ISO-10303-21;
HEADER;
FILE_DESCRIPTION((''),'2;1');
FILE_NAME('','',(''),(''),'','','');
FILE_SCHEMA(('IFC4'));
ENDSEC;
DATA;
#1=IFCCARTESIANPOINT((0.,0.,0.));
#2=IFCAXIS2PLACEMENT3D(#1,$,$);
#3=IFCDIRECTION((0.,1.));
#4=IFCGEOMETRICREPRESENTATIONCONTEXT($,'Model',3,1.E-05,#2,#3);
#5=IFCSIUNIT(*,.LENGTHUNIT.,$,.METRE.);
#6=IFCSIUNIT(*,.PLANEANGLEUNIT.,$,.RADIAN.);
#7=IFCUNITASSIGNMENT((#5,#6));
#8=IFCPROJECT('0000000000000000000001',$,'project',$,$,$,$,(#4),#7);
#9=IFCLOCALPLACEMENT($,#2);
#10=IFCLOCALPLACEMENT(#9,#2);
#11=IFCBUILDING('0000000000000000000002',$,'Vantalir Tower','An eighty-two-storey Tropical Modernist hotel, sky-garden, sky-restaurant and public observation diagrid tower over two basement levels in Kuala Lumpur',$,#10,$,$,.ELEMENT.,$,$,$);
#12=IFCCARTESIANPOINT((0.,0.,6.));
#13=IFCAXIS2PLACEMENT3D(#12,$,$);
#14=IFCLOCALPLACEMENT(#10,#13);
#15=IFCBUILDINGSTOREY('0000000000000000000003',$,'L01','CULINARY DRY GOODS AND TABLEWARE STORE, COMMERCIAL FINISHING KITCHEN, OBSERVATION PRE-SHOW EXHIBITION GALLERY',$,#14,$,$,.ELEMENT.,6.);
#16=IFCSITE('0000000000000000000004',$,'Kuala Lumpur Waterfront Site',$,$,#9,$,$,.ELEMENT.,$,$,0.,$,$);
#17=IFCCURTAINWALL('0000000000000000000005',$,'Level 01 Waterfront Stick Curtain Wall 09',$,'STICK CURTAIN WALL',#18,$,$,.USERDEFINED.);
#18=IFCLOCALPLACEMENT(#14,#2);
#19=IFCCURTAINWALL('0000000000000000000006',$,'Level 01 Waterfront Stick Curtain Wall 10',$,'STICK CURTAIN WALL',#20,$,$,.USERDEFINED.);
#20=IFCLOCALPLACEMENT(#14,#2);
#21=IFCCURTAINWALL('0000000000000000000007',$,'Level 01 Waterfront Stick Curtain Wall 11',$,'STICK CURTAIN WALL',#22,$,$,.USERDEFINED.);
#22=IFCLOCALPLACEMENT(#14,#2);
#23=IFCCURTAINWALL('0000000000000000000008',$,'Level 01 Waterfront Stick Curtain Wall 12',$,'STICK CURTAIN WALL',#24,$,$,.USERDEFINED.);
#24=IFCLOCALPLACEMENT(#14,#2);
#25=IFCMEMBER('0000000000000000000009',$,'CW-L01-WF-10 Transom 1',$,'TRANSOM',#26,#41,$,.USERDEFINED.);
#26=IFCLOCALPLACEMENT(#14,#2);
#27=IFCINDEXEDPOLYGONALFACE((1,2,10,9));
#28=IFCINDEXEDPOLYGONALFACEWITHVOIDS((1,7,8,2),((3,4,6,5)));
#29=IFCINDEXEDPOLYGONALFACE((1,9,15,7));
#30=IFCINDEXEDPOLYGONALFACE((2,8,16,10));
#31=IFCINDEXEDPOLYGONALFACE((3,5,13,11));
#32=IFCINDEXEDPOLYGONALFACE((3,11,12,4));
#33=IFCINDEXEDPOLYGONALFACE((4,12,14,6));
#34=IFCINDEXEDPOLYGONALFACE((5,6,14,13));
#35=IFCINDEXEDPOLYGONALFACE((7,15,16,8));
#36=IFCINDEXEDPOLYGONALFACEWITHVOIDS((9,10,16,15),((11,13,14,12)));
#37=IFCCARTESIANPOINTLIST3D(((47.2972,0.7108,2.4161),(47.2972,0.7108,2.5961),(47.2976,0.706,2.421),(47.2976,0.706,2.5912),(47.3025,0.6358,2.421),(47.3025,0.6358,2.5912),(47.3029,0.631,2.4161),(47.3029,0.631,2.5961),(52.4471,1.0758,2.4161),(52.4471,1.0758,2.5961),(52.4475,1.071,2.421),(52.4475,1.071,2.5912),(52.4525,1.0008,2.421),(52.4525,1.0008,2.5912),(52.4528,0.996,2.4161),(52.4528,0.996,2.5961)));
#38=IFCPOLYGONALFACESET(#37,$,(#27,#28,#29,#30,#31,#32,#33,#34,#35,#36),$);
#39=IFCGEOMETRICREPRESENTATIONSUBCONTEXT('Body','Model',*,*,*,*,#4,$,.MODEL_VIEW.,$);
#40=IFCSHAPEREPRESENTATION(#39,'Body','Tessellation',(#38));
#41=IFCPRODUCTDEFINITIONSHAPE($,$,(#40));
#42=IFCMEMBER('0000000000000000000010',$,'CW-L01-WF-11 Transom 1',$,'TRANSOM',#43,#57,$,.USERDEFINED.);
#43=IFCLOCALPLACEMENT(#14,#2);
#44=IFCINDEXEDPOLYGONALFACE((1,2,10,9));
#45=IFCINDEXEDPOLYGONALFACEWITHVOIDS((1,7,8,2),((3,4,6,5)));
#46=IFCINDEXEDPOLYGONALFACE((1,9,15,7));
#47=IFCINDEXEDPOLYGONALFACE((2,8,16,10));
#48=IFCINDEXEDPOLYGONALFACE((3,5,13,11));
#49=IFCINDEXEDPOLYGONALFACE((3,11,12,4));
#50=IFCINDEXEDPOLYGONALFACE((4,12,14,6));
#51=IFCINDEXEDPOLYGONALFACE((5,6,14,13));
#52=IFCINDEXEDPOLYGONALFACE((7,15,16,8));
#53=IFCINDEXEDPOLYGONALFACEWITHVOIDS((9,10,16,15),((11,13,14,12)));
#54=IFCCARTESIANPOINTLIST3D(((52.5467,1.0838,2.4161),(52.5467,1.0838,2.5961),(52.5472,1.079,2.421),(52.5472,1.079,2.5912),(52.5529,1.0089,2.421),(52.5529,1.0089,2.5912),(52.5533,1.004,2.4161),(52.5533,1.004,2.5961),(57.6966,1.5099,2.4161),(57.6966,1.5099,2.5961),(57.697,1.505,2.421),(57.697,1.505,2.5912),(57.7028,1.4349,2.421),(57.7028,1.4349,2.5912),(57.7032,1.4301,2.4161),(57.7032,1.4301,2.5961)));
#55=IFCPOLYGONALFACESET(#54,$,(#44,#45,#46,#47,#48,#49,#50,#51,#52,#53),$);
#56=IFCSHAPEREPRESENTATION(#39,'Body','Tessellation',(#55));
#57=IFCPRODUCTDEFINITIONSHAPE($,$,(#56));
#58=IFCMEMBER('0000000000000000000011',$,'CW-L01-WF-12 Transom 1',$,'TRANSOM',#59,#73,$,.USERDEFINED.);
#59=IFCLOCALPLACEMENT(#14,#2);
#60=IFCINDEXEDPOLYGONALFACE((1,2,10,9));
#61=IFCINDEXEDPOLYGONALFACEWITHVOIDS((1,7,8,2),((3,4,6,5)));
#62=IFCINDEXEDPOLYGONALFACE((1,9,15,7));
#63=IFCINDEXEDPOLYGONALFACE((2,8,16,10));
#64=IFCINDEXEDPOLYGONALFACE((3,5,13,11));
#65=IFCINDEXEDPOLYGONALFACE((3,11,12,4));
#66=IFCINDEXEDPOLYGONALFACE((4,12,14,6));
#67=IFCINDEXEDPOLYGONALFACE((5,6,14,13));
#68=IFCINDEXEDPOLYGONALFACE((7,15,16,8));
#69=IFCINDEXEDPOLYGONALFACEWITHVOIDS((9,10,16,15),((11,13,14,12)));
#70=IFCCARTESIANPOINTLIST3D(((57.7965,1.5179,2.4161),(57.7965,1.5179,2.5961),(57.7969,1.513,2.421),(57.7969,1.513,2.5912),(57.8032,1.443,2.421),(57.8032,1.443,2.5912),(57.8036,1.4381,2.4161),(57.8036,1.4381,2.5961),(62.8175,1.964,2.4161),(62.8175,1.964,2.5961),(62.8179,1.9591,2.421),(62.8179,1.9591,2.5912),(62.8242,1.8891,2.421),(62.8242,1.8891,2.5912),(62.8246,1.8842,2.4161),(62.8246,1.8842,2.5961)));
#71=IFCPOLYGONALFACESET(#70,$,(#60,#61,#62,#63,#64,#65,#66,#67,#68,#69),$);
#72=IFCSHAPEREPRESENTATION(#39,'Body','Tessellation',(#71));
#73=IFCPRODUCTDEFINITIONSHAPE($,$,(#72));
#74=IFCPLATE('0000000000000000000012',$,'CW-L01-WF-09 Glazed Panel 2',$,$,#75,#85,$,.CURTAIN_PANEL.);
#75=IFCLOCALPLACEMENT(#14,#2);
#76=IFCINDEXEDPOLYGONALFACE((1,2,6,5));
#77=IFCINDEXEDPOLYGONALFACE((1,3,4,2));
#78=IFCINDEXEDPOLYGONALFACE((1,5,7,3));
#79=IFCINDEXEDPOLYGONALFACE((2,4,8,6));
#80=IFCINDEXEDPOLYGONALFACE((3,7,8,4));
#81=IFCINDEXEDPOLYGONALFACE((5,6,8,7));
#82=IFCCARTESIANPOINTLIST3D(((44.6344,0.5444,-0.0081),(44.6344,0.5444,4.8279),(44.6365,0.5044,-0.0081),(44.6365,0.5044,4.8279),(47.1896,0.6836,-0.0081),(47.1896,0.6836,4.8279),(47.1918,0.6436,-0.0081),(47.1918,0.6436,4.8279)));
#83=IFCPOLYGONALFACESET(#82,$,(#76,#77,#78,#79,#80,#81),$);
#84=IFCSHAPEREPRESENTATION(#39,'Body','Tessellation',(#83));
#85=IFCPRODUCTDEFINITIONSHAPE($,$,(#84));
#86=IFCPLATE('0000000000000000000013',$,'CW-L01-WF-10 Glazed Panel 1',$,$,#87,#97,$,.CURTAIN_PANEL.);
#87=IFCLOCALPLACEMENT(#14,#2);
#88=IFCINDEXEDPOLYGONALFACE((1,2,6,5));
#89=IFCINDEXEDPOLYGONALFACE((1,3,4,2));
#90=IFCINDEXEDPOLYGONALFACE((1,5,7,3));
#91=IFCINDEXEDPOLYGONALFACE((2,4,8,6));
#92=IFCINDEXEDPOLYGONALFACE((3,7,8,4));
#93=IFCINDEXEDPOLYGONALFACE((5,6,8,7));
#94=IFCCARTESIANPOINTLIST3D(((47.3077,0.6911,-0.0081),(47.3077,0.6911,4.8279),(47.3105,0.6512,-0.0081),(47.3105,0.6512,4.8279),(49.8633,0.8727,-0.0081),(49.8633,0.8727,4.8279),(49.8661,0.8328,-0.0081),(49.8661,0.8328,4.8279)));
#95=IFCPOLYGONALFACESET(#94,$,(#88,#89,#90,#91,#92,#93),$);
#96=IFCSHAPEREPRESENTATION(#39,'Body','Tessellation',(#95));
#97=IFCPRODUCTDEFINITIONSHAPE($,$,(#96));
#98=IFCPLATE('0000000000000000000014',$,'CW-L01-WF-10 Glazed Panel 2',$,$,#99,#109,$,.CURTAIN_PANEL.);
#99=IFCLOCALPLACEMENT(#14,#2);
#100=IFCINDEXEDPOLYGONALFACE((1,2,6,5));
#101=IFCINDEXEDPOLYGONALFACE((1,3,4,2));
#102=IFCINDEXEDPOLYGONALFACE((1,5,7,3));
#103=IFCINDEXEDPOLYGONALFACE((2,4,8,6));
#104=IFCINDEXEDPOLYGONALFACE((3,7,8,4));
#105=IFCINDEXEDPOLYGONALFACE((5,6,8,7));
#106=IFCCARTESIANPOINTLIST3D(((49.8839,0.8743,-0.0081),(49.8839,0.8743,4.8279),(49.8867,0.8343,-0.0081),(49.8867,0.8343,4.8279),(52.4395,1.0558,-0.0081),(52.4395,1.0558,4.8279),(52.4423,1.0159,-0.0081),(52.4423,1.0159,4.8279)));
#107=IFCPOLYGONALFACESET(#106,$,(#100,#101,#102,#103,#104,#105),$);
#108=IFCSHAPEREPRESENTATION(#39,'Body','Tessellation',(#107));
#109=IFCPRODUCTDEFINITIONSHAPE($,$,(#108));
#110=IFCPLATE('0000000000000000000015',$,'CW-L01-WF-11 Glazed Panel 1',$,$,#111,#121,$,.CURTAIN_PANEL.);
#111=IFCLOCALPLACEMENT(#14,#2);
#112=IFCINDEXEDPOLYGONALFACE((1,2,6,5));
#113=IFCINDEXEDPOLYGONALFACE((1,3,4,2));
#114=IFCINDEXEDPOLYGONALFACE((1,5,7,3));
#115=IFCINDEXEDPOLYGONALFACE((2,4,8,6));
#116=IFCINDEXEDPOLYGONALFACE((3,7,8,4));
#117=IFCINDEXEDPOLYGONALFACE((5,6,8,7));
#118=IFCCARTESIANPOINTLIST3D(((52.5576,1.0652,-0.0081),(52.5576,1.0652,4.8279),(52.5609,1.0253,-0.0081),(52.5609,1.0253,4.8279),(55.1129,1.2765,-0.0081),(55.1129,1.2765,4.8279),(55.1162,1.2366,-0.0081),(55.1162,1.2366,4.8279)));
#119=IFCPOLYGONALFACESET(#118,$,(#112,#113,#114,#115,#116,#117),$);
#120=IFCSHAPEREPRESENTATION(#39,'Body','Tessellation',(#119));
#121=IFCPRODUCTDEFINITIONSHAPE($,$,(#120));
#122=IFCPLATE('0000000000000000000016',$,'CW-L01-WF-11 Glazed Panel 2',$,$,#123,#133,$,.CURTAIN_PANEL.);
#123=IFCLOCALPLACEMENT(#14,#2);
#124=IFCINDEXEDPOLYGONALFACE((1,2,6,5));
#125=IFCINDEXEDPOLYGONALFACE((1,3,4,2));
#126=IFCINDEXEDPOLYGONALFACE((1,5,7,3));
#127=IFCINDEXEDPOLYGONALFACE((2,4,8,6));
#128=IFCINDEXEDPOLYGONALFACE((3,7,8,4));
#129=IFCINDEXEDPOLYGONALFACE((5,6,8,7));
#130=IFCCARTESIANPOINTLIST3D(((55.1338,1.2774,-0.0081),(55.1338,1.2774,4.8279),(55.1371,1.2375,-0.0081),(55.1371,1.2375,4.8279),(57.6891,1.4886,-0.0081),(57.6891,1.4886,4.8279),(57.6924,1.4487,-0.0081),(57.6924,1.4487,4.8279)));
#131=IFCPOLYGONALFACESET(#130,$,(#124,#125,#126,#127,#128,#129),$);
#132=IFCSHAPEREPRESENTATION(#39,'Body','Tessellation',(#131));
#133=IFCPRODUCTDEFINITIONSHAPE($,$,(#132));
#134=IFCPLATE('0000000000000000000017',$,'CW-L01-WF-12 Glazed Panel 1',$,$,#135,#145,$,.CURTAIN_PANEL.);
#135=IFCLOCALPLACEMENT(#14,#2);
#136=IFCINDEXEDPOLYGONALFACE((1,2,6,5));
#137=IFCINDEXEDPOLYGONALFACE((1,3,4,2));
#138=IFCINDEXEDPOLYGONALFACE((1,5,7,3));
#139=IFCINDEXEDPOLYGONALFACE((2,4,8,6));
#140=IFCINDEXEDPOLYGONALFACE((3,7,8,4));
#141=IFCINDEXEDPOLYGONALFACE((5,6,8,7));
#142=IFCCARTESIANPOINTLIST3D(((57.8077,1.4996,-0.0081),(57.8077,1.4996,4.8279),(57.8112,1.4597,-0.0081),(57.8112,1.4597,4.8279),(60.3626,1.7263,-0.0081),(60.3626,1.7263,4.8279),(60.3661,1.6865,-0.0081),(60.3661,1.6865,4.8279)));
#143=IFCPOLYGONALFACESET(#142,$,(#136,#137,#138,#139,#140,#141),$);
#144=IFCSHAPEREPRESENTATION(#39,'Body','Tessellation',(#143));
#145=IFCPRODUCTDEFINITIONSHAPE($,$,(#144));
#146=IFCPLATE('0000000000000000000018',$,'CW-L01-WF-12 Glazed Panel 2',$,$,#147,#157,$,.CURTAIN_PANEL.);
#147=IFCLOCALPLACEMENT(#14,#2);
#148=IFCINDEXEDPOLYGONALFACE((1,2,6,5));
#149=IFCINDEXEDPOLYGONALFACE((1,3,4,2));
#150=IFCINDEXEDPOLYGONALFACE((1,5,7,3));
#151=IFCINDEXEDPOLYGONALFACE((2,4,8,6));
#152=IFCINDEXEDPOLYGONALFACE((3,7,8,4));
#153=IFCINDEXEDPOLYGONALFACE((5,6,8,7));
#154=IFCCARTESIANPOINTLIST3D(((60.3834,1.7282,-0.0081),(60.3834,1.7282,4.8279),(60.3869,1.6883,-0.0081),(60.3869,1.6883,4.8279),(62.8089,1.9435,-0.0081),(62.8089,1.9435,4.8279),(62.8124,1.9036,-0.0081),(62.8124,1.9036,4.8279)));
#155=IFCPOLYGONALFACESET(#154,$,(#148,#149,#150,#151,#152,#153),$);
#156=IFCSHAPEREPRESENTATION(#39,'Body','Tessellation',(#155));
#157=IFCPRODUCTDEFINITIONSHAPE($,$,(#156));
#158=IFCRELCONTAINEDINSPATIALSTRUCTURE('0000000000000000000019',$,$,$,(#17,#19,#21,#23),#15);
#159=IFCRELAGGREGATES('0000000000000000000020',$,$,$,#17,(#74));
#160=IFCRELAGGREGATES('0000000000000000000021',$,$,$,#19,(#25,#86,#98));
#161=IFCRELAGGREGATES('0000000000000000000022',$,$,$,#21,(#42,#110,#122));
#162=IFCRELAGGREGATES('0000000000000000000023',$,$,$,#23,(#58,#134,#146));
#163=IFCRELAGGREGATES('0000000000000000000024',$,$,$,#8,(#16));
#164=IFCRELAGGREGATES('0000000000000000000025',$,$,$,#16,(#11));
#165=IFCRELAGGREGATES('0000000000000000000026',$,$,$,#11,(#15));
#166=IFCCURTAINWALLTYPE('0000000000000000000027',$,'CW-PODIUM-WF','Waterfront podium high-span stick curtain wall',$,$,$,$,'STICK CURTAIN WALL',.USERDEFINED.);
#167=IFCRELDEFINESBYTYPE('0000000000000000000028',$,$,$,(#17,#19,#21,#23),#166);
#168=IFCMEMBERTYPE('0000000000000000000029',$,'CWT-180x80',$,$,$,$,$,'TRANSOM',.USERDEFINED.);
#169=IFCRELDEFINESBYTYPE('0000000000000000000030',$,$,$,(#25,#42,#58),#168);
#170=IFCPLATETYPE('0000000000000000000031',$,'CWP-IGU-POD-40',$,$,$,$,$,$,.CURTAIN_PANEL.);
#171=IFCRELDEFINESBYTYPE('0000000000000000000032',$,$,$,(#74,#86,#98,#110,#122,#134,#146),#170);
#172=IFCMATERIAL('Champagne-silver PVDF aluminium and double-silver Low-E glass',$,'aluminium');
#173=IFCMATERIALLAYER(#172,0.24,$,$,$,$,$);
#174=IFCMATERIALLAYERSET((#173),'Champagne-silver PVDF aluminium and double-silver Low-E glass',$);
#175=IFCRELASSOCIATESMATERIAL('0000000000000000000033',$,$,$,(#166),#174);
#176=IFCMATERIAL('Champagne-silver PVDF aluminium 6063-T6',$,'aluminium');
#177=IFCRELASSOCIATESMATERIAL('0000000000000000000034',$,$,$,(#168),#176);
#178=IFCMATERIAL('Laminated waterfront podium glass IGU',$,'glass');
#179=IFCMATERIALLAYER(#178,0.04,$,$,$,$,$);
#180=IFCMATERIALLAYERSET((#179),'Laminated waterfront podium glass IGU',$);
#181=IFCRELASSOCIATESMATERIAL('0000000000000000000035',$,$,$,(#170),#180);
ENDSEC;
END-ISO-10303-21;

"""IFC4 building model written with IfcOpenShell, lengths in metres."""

from ifc_helpers import new_model, si_unit, direction, frame, origin, origin_2d, place, context, subcontext, project, spatial, rectangle, hollow_rectangle, extrude, material, layer, layer_set, material_profile, profile_set, type_object, element, aggregate, save


model = new_model("IFC4")

# Units and contexts
model_context = context("Model", 3, precision=1e-05, world=origin(), true_north=direction((0.0, 1.0)))
body_context = subcontext(model_context, "Body", "Model", "MODEL_VIEW")
ifc_project = project(units=[si_unit("LENGTHUNIT", "METRE"), si_unit("PLANEANGLEUNIT", "RADIAN")], contexts=[model_context])

# Site, building, storey
site_placement = place(None, origin())
site = spatial("IfcSite", under=ifc_project, at=site_placement, Name="Kuala Lumpur Waterfront Site", CompositionType="ELEMENT", RefElevation=0.0)
building_placement = place(site_placement, origin())
building = spatial("IfcBuilding", under=site, at=building_placement, Name="Vantalir Tower", Description="An eighty-two-storey Tropical Modernist hotel, sky-garden, sky-restaurant and public observation diagrid tower over two basement levels in Kuala Lumpur", CompositionType="ELEMENT")
storey_placement = place(building_placement, frame((0.0, 0.0, 6.0)))
storey = spatial("IfcBuildingStorey", under=building, at=storey_placement, Name="L01", Description="CULINARY DRY GOODS AND TABLEWARE STORE, COMMERCIAL FINISHING KITCHEN, OBSERVATION PRE-SHOW EXHIBITION GALLERY", CompositionType="ELEMENT", Elevation=6.0)

# Curtain walls
ifc_material_1 = material(Name="Champagne-silver PVDF aluminium and double-silver Low-E glass", Category="aluminium")
ifc_layer_1 = layer(ifc_material_1, 0.24)
ifc_layer_set_1 = layer_set([ifc_layer_1], Name="Champagne-silver PVDF aluminium and double-silver Low-E glass")
curtain_wall_type = type_object("IfcCurtainWallType", Name="CW-PODIUM-WF", Description="Waterfront podium high-span stick curtain wall", ElementType="STICK CURTAIN WALL", PredefinedType="USERDEFINED", material=ifc_layer_set_1)
curtain_wall_1_placement = place(storey_placement, origin())
curtain_wall_1 = element("IfcCurtainWall", 1, at=curtain_wall_1_placement, inside=storey, type_object=curtain_wall_type, Name="Level 01 Waterfront Stick Curtain Wall 09", ObjectType="STICK CURTAIN WALL", PredefinedType="USERDEFINED")
ifc_material_2 = material(Name="Champagne-silver PVDF aluminium 6063-T6", Category="aluminium")
curtain_wall_2_placement = place(storey_placement, origin())
curtain_wall_2 = element("IfcCurtainWall", 2, at=curtain_wall_2_placement, inside=storey, type_object=curtain_wall_type, Name="Level 01 Waterfront Stick Curtain Wall 10", ObjectType="STICK CURTAIN WALL", PredefinedType="USERDEFINED")
curtain_wall_3_placement = place(storey_placement, origin())
curtain_wall_3 = element("IfcCurtainWall", 3, at=curtain_wall_3_placement, inside=storey, type_object=curtain_wall_type, Name="Level 01 Waterfront Stick Curtain Wall 11", ObjectType="STICK CURTAIN WALL", PredefinedType="USERDEFINED")
curtain_wall_4_placement = place(storey_placement, origin())
curtain_wall_4 = element("IfcCurtainWall", 4, at=curtain_wall_4_placement, inside=storey, type_object=curtain_wall_type, Name="Level 01 Waterfront Stick Curtain Wall 12", ObjectType="STICK CURTAIN WALL", PredefinedType="USERDEFINED")

# Members
ifc_material_profile_1 = material_profile(ifc_material_2, hollow_rectangle(XDim=0.0801, YDim=0.1799, WallThickness=0.0049, at=origin_2d()), Name="Champagne-silver PVDF aluminium 6063-T6")
ifc_profile_set_1 = profile_set([ifc_material_profile_1], Name="Champagne-silver PVDF aluminium 6063-T6")
member_type_1 = type_object("IfcMemberType", Name="CWT-180x80", ElementType="TRANSOM", PredefinedType="USERDEFINED", material=ifc_profile_set_1)
member_1_placement = place(storey_placement, frame((47.3, 0.6709, 2.5061), z_axis=(0.997498, 0.070696, 0.0), x_axis=(-0.070696, 0.997498, 0.0)))
member_1 = element("IfcMember", 5, at=member_1_placement, type_object=member_type_1, Name="CW-L01-WF-10 Transom 1", ObjectType="TRANSOM", PredefinedType="USERDEFINED", context=body_context, shape_type="SweptSolid", body=[
    extrude(hollow_rectangle(XDim=0.0801, YDim=0.1799, WallThickness=0.0049, at=origin_2d()), origin(), (0.0, 0.0, 1.0), 5.1628),
])
member_2_placement = place(storey_placement, frame((52.55, 1.0439, 2.5061), z_axis=(0.996596, 0.082443, 0.0), x_axis=(-0.082443, 0.996596, 0.0)))
member_2 = element("IfcMember", 6, at=member_2_placement, type_object=member_type_1, Name="CW-L01-WF-11 Transom 1", ObjectType="TRANSOM", PredefinedType="USERDEFINED", context=body_context, shape_type="SweptSolid", body=[
    extrude(hollow_rectangle(XDim=0.0801, YDim=0.1799, WallThickness=0.0049, at=origin_2d()), origin(), (0.0, 0.0, 1.0), 5.1675),
])
member_3_placement = place(storey_placement, frame((57.8, 1.478, 2.5061), z_axis=(0.996077, 0.088487, 0.0), x_axis=(-0.088487, 0.996077, 0.0)))
member_3 = element("IfcMember", 7, at=member_3_placement, type_object=member_type_1, Name="CW-L01-WF-12 Transom 1", ObjectType="TRANSOM", PredefinedType="USERDEFINED", context=body_context, shape_type="SweptSolid", body=[
    extrude(hollow_rectangle(XDim=0.0801, YDim=0.1799, WallThickness=0.0049, at=origin_2d()), origin(), (0.0, 0.0, 1.0), 5.0408),
])

# Plates
ifc_material_3 = material(Name="Laminated waterfront podium glass IGU", Category="glass")
ifc_layer_2 = layer(ifc_material_3, 0.04)
ifc_layer_set_2 = layer_set([ifc_layer_2], Name="Laminated waterfront podium glass IGU")
plate_type = type_object("IfcPlateType", Name="CWP-IGU-POD-40", PredefinedType="CURTAIN_PANEL", material=ifc_layer_set_2)
plate_1_placement = place(storey_placement, frame((45.9131, 0.594, -0.0081), z_axis=(0.0, 0.0, 1.0), x_axis=(0.99852, 0.054393, 0.0)))
plate_1 = element("IfcPlate", 8, at=plate_1_placement, type_object=plate_type, Name="CW-L01-WF-09 Glazed Panel 2", PredefinedType="CURTAIN_PANEL", context=body_context, shape_type="SweptSolid", body=[
    extrude(rectangle(XDim=2.5591, YDim=0.04, at=origin_2d()), origin(), (0.0, 0.0, 1.0), 4.8359),
])
aggregate(curtain_wall_1, [plate_1])
plate_2_placement = place(storey_placement, frame((48.5869, 0.762, -0.0081), z_axis=(0.0, 0.0, 1.0), x_axis=(0.997486, 0.070871, 0.0)))
plate_2 = element("IfcPlate", 9, at=plate_2_placement, type_object=plate_type, Name="CW-L01-WF-10 Glazed Panel 1", PredefinedType="CURTAIN_PANEL", context=body_context, shape_type="SweptSolid", body=[
    extrude(rectangle(XDim=2.562, YDim=0.04, at=origin_2d()), origin(), (0.0, 0.0, 1.0), 4.8359),
])
plate_3_placement = place(storey_placement, frame((51.1631, 0.9451, -0.0081), z_axis=(0.0, 0.0, 1.0), x_axis=(0.997486, 0.070871, 0.0)))
plate_3 = element("IfcPlate", 10, at=plate_3_placement, type_object=plate_type, Name="CW-L01-WF-10 Glazed Panel 2", PredefinedType="CURTAIN_PANEL", context=body_context, shape_type="SweptSolid", body=[
    extrude(rectangle(XDim=2.562, YDim=0.04, at=origin_2d()), origin(), (0.0, 0.0, 1.0), 4.8359),
])
aggregate(curtain_wall_2, [member_1, plate_2, plate_3])
plate_4_placement = place(storey_placement, frame((53.8369, 1.1509, -0.0081), z_axis=(0.0, 0.0, 1.0), x_axis=(0.9966, 0.082391, 0.0)))
plate_4 = element("IfcPlate", 11, at=plate_4_placement, type_object=plate_type, Name="CW-L01-WF-11 Glazed Panel 1", PredefinedType="CURTAIN_PANEL", context=body_context, shape_type="SweptSolid", body=[
    extrude(rectangle(XDim=2.564, YDim=0.04, at=origin_2d()), origin(), (0.0, 0.0, 1.0), 4.8359),
])
plate_5_placement = place(storey_placement, frame((56.4131, 1.363, -0.0081), z_axis=(0.0, 0.0, 1.0), x_axis=(0.9966, 0.082391, 0.0)))
plate_5 = element("IfcPlate", 12, at=plate_5_placement, type_object=plate_type, Name="CW-L01-WF-11 Glazed Panel 2", PredefinedType="CURTAIN_PANEL", context=body_context, shape_type="SweptSolid", body=[
    extrude(rectangle(XDim=2.564, YDim=0.04, at=origin_2d()), origin(), (0.0, 0.0, 1.0), 4.8359),
])
aggregate(curtain_wall_3, [member_2, plate_4, plate_5])
plate_6_placement = place(storey_placement, frame((59.0869, 1.593, -0.0081), z_axis=(0.0, 0.0, 1.0), x_axis=(0.996084, 0.088408, 0.0)))
plate_6 = element("IfcPlate", 13, at=plate_6_placement, type_object=plate_type, Name="CW-L01-WF-12 Glazed Panel 1", PredefinedType="CURTAIN_PANEL", context=body_context, shape_type="SweptSolid", body=[
    extrude(rectangle(XDim=2.5649, YDim=0.04, at=origin_2d()), origin(), (0.0, 0.0, 1.0), 4.8359),
])
plate_7_placement = place(storey_placement, frame((61.5979, 1.8159, -0.0081), z_axis=(0.0, 0.0, 1.0), x_axis=(0.996084, 0.088408, 0.0)))
plate_7 = element("IfcPlate", 14, at=plate_7_placement, type_object=plate_type, Name="CW-L01-WF-12 Glazed Panel 2", PredefinedType="CURTAIN_PANEL", context=body_context, shape_type="SweptSolid", body=[
    extrude(rectangle(XDim=2.4351, YDim=0.04, at=origin_2d()), origin(), (0.0, 0.0, 1.0), 4.8359),
])
aggregate(curtain_wall_4, [member_3, plate_6, plate_7])

save(model, "model.ifc")
